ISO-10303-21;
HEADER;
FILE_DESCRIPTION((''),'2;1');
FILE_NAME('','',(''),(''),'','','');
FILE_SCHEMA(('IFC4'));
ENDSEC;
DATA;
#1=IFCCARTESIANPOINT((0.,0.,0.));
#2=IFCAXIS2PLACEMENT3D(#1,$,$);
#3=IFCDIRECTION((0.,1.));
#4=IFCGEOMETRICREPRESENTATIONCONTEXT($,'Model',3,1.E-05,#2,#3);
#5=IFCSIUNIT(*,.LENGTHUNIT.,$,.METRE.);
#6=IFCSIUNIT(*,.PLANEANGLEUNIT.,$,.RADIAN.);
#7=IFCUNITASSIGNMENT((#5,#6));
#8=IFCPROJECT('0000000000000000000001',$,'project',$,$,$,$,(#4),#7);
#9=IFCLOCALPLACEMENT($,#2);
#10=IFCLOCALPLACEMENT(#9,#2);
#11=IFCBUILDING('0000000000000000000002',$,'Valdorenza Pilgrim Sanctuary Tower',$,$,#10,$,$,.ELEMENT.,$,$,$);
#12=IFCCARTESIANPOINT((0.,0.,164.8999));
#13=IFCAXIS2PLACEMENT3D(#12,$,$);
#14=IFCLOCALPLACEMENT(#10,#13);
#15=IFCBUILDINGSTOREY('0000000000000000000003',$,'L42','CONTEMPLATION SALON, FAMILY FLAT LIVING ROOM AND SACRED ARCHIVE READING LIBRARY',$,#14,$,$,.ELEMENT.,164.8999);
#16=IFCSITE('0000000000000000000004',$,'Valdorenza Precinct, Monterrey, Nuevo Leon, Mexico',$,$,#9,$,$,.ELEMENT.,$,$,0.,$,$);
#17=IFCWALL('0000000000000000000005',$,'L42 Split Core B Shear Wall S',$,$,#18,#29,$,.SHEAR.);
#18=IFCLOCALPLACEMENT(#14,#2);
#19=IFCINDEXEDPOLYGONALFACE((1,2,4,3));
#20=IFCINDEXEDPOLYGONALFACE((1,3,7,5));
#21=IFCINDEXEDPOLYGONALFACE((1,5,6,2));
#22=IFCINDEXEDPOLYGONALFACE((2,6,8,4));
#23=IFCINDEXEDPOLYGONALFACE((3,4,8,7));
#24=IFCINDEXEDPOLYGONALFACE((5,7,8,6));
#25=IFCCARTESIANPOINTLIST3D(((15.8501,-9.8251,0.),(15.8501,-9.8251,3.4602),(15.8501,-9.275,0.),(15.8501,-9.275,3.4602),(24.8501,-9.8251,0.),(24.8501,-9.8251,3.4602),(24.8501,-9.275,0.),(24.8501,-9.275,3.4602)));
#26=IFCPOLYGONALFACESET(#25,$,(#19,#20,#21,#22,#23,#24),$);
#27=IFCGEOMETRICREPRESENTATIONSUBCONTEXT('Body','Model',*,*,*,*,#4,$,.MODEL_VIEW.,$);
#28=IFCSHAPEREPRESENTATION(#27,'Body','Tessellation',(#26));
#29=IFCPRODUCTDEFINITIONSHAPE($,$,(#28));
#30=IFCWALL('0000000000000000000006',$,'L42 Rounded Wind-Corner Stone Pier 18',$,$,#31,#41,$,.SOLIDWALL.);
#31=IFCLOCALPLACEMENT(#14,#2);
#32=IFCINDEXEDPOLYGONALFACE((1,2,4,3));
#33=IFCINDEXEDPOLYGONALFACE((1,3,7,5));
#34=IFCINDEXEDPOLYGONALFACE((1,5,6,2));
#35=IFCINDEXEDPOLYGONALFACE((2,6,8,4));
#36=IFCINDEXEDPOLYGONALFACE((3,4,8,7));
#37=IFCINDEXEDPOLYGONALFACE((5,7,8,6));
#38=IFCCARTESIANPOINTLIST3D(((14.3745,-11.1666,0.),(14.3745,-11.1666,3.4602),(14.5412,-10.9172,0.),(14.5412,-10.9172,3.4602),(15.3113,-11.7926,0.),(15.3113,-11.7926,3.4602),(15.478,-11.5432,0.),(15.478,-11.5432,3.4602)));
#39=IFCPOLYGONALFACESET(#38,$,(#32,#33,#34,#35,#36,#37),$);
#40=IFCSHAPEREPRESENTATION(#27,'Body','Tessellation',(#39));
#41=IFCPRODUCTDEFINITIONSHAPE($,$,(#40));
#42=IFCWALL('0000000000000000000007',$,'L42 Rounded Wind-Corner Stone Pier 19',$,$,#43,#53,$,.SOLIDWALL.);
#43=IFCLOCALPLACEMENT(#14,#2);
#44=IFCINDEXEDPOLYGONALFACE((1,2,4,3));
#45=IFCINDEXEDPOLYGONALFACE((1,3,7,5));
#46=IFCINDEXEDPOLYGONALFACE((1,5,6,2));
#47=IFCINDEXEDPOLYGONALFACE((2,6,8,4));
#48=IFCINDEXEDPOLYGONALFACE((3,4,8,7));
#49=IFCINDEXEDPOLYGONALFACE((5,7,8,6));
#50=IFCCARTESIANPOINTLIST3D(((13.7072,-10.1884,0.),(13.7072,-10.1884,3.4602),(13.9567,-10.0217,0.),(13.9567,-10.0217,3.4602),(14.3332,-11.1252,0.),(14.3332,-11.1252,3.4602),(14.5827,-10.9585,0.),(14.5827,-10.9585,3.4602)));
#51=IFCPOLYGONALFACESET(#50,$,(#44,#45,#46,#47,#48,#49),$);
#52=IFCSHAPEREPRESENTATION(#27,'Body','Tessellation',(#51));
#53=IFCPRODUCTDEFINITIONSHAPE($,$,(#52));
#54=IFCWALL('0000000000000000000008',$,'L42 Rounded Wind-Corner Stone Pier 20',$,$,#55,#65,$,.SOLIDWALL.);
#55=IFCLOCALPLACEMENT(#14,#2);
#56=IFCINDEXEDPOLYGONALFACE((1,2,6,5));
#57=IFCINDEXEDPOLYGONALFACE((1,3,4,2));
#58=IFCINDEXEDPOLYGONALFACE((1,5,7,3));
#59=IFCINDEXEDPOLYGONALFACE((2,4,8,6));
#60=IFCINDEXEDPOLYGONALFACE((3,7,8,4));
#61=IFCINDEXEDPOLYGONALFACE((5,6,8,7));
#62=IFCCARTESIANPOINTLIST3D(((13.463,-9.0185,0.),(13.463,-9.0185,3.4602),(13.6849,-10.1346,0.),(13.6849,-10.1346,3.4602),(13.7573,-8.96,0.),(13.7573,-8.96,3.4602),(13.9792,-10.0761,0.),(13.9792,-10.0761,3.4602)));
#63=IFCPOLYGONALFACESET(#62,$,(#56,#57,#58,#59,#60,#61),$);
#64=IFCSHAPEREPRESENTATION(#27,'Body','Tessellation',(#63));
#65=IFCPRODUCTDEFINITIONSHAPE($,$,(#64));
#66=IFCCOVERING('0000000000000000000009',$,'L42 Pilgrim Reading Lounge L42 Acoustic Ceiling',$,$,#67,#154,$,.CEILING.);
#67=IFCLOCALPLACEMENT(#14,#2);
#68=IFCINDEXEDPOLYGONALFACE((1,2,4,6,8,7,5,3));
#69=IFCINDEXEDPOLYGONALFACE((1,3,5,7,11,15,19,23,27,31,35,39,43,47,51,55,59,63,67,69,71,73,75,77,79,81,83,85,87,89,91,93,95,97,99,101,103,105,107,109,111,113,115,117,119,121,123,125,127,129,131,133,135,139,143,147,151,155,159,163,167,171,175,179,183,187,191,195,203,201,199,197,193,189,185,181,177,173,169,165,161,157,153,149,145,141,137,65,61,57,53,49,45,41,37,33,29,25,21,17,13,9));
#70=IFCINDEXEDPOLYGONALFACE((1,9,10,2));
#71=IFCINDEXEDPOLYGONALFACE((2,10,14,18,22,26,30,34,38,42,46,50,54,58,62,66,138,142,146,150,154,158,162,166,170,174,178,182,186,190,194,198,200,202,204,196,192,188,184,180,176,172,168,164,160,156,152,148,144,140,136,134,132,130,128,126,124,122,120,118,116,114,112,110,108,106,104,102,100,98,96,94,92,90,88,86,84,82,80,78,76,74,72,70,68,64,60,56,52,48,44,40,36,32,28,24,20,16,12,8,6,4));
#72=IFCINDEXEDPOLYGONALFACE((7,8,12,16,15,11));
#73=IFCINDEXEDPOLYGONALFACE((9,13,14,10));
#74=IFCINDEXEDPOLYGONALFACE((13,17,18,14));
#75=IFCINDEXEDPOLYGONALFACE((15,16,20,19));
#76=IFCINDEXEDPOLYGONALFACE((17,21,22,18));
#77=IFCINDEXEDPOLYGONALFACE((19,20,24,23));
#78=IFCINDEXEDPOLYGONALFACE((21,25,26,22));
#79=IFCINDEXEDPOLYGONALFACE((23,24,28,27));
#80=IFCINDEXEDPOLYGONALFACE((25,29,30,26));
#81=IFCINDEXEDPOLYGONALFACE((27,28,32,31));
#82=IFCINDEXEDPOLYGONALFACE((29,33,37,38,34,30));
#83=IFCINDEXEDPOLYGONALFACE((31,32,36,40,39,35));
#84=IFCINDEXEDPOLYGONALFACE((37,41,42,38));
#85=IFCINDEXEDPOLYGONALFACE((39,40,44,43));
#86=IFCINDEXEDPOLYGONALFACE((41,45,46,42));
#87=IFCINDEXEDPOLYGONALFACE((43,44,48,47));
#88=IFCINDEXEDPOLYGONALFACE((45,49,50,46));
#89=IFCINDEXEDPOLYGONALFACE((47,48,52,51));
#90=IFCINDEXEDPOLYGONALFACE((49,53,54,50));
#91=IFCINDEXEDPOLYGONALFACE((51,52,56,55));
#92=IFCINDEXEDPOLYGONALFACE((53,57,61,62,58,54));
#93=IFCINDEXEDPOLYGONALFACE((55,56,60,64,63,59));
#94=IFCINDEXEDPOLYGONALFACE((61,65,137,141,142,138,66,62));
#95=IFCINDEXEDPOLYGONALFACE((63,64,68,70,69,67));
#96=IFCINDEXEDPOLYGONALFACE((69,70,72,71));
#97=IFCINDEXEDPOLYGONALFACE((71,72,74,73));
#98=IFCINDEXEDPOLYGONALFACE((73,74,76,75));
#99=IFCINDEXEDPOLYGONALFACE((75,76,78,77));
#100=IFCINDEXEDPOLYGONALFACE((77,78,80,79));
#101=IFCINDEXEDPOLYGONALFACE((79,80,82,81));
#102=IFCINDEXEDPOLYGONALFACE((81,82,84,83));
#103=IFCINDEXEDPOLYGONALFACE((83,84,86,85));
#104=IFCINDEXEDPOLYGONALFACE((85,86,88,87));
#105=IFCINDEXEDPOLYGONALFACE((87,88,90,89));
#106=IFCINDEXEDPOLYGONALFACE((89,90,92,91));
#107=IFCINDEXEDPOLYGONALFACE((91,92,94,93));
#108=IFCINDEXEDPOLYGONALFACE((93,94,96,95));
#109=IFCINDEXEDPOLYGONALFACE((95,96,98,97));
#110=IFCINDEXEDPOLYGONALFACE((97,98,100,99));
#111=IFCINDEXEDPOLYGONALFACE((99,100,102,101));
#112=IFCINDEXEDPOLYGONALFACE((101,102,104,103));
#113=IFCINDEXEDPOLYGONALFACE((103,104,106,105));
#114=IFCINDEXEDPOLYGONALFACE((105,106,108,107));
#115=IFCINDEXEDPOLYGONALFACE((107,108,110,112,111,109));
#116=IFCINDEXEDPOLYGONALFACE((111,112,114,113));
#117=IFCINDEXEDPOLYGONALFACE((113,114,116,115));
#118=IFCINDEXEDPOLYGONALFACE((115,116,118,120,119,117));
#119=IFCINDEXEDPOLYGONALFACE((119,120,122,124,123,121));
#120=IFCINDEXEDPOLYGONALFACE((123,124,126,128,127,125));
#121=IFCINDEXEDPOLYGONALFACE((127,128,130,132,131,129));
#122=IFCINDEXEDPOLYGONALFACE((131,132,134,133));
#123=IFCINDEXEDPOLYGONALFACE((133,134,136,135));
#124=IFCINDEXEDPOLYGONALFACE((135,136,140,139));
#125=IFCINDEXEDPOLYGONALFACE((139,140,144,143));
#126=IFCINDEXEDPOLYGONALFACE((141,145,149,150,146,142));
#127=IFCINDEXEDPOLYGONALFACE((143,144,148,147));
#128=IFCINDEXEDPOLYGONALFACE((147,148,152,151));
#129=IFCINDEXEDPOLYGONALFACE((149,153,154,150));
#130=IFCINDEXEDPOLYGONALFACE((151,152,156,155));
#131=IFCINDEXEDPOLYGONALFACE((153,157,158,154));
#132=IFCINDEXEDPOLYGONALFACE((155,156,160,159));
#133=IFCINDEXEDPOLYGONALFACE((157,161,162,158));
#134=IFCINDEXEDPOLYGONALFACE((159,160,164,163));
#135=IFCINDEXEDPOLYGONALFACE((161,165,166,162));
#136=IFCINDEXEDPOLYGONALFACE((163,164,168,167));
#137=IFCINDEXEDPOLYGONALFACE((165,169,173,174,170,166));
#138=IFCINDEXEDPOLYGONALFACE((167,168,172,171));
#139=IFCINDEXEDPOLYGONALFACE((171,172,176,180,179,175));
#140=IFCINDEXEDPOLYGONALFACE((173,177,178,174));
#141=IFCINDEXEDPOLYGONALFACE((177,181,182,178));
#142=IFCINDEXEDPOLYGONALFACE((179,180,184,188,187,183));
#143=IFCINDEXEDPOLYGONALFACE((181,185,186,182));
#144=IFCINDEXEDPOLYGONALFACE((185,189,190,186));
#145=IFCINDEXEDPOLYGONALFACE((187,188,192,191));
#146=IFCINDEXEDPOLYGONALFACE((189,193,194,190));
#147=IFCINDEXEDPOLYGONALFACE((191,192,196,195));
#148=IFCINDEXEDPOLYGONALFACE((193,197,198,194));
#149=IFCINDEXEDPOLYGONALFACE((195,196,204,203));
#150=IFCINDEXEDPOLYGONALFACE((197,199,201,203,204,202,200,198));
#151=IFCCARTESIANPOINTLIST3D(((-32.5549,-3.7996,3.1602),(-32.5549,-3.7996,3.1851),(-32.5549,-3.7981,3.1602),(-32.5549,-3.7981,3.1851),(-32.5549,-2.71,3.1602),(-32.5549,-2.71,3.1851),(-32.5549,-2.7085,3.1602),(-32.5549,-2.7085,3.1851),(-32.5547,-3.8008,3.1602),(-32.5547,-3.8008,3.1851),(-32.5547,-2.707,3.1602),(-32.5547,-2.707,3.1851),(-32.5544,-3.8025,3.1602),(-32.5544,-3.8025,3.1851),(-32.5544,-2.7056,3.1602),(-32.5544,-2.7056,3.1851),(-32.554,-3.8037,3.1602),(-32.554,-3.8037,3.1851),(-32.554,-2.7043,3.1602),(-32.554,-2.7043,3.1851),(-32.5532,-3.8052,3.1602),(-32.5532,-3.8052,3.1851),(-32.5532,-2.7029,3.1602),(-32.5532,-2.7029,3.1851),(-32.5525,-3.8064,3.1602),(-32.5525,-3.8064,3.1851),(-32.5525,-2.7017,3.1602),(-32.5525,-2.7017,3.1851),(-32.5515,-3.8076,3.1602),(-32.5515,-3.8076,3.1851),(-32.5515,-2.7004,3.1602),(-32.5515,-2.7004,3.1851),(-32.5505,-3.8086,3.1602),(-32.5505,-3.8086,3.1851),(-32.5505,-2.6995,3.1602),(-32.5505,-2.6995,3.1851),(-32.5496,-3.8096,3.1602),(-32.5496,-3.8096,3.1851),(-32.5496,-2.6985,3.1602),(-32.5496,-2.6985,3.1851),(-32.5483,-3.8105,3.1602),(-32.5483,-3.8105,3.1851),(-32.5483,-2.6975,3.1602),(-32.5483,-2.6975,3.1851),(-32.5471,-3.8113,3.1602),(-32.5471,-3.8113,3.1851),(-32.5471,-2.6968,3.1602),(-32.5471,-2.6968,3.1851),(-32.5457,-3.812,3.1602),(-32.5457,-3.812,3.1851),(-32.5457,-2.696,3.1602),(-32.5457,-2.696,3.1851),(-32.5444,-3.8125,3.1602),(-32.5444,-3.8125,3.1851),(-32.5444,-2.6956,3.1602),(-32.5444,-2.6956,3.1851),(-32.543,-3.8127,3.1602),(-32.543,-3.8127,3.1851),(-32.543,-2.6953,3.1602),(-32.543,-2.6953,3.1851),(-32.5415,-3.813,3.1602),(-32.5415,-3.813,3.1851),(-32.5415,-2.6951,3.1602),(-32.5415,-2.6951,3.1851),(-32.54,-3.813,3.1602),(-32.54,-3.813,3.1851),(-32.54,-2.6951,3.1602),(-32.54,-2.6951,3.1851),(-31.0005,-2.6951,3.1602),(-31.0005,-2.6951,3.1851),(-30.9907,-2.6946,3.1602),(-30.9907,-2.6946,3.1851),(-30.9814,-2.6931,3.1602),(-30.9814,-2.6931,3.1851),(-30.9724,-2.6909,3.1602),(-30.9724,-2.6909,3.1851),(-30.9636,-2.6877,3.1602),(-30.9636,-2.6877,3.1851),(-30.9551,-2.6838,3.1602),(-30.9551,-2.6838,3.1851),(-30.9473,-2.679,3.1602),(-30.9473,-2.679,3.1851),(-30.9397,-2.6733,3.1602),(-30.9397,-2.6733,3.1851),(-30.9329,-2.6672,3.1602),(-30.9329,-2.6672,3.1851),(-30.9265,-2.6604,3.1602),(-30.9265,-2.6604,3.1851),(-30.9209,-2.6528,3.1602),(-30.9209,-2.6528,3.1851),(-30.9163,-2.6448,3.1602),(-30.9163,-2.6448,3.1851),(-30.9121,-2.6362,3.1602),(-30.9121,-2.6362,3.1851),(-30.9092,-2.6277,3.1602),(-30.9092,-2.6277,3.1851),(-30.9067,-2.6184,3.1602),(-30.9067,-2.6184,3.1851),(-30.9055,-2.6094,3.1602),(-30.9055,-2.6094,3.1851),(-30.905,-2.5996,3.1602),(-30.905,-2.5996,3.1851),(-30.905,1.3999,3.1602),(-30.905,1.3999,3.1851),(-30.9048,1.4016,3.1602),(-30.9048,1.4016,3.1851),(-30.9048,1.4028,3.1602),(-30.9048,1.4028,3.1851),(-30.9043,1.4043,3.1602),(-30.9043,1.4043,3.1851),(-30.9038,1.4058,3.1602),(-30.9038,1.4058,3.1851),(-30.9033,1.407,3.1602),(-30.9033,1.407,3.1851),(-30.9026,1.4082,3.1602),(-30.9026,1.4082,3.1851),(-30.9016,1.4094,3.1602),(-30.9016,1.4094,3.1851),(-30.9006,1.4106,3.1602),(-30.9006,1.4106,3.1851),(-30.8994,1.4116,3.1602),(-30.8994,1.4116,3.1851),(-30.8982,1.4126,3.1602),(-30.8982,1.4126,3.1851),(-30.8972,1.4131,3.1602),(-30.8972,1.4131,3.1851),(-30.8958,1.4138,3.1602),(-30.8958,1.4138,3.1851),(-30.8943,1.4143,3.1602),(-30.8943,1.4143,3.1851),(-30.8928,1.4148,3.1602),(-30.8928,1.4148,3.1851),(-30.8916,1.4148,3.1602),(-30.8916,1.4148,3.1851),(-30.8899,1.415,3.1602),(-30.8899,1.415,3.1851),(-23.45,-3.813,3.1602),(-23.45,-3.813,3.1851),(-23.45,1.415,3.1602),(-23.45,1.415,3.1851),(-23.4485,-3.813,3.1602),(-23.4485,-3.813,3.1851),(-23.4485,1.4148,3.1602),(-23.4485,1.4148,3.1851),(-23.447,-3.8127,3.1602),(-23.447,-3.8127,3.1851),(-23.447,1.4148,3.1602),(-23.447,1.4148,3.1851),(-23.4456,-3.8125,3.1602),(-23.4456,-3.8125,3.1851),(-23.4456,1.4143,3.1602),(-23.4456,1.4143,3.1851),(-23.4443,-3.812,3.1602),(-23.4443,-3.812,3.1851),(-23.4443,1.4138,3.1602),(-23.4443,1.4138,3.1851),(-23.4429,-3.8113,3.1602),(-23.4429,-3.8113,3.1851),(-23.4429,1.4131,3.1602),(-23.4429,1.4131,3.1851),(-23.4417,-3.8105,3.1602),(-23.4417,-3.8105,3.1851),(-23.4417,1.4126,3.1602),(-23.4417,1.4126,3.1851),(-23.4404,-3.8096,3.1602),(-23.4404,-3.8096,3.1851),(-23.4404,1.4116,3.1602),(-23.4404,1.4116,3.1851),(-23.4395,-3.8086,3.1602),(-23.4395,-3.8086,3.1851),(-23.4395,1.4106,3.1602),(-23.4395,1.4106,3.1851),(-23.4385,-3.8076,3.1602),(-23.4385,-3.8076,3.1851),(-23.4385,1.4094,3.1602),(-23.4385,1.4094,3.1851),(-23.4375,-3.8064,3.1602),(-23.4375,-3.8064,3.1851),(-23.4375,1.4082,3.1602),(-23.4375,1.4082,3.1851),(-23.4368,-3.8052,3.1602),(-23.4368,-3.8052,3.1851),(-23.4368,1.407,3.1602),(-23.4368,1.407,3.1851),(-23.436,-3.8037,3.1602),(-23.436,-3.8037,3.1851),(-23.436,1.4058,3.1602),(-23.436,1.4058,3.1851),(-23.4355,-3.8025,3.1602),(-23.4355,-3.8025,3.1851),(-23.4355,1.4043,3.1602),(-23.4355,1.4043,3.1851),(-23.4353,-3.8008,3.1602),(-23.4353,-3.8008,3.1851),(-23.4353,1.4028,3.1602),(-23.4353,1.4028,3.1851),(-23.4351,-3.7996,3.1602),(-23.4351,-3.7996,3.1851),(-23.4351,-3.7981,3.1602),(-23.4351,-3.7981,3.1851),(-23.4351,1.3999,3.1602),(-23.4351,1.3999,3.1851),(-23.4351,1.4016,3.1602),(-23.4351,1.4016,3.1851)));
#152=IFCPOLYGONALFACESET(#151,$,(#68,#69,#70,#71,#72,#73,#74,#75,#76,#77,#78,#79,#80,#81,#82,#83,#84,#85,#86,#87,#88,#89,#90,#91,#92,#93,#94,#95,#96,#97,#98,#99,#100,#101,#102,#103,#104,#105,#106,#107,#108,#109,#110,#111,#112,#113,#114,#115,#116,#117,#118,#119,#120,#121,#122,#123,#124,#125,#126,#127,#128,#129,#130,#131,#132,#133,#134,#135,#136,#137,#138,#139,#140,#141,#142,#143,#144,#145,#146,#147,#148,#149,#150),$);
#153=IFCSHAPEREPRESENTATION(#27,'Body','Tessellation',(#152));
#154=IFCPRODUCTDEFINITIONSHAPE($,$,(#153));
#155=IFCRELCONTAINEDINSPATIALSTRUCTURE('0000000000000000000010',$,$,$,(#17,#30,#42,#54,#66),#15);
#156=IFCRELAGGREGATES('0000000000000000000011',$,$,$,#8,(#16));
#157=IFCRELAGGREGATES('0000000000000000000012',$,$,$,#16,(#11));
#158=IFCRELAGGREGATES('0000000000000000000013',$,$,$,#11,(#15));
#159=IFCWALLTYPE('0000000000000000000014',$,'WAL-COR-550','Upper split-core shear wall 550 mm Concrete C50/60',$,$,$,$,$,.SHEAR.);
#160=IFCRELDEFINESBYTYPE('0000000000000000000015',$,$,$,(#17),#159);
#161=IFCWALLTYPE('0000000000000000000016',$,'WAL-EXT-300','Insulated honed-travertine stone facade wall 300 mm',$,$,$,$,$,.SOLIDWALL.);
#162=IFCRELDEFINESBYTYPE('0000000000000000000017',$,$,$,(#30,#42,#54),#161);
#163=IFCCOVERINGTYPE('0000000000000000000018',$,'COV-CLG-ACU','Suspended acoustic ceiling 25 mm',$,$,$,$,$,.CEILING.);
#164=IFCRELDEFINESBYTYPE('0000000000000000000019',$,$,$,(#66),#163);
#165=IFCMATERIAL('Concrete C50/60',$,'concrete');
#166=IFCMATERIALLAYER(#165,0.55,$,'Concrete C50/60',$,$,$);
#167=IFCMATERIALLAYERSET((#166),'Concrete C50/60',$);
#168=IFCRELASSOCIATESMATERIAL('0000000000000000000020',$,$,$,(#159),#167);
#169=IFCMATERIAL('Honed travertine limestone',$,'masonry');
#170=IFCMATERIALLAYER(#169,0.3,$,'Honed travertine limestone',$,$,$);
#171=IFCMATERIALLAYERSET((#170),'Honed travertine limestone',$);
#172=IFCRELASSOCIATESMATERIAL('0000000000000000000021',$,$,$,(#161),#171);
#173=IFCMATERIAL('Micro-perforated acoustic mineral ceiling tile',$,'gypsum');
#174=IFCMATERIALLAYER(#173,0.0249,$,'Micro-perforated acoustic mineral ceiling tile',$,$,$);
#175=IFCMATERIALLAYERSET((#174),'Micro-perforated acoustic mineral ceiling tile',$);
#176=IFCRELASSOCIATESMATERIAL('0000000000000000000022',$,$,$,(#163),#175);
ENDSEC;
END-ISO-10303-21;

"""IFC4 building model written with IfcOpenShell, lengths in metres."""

from ifc_helpers import new_model, si_unit, direction, frame, frame_2d, origin, place, context, subcontext, project, spatial, polyline, rectangle, outline, extrude, material, layer, layer_set, type_object, element, save


model = new_model("IFC4")

# Units and contexts
model_context = context("Model", 3, precision=1e-05, world=origin(), true_north=direction((0.0, 1.0)))
body_context = subcontext(model_context, "Body", "Model", "MODEL_VIEW")
ifc_project = project(units=[si_unit("LENGTHUNIT", "METRE"), si_unit("PLANEANGLEUNIT", "RADIAN")], contexts=[model_context])

# Site, building, storey
site_placement = place(None, origin())
site = spatial("IfcSite", under=ifc_project, at=site_placement, Name="Valdorenza Precinct, Monterrey, Nuevo Leon, Mexico", CompositionType="ELEMENT", RefElevation=0.0)
building_placement = place(site_placement, origin())
building = spatial("IfcBuilding", under=site, at=building_placement, Name="Valdorenza Pilgrim Sanctuary Tower", CompositionType="ELEMENT")
storey_placement = place(building_placement, frame((0.0, 0.0, 164.8999)))
storey = spatial("IfcBuildingStorey", under=building, at=storey_placement, Name="L42", Description="CONTEMPLATION SALON, FAMILY FLAT LIVING ROOM AND SACRED ARCHIVE READING LIBRARY", CompositionType="ELEMENT", Elevation=164.8999)

# Shared definitions
ifc_material_1 = material(Name="Concrete C50/60", Category="concrete")

# Shared definitions
ifc_material_2 = material(Name="Honed travertine limestone", Category="masonry")

# Walls
ifc_layer_1 = layer(ifc_material_1, 0.55, Name="Concrete C50/60")
ifc_layer_set_1 = layer_set([ifc_layer_1], Name="Concrete C50/60")
wall_type_1 = type_object("IfcWallType", Name="WAL-COR-550", Description="Upper split-core shear wall 550 mm Concrete C50/60", PredefinedType="SHEAR", material=ifc_layer_set_1)
wall_1_placement = place(storey_placement, frame((15.8501, -9.55, 0.0), z_axis=(0.0, 0.0, 1.0), x_axis=(1.0, 0.0, 0.0)))
element("IfcWall", 1, at=wall_1_placement, inside=storey, type_object=wall_type_1, Name="L42 Split Core B Shear Wall S", PredefinedType="SHEAR", context=body_context, shape_type="SweptSolid", body=[
    extrude(rectangle(XDim=9.0, YDim=0.55, at=frame_2d((4.5, 0.0))), origin(), (0.0, 0.0, 1.0), 3.4602),
])
ifc_layer_2 = layer(ifc_material_2, 0.3, Name="Honed travertine limestone")
ifc_layer_set_2 = layer_set([ifc_layer_2], Name="Honed travertine limestone")
wall_type_2 = type_object("IfcWallType", Name="WAL-EXT-300", Description="Insulated honed-travertine stone facade wall 300 mm", PredefinedType="SOLIDWALL", material=ifc_layer_set_2)
for number, where, z_axis, x_axis, name in (
    (2, (15.3948, -11.668, 0.0), (0.0, 0.0, 1.0), (-0.83145, 0.5556, 0.0), "L42 Rounded Wind-Corner Stone Pier 18"),
    (3, (14.458, -11.042, 0.0), (0.0, 0.0, 1.0), (-0.5556, 0.83145, 0.0), "L42 Rounded Wind-Corner Stone Pier 19"),
):
    element("IfcWall", number, at=place(storey_placement, frame(where, z_axis=z_axis, x_axis=x_axis)), inside=storey, type_object=wall_type_2, Name=name, PredefinedType="SOLIDWALL", context=body_context, shape_type="SweptSolid", body=[
        extrude(rectangle(XDim=1.1267, YDim=0.3, at=frame_2d((0.5635, 0.0))), origin(), (0.0, 0.0, 1.0), 3.4602),
    ])
wall_2_placement = place(storey_placement, frame((13.832, -10.1052, 0.0), z_axis=(0.0, 0.0, 1.0), x_axis=(-0.195043, 0.980795, 0.0)))
element("IfcWall", 4, at=wall_2_placement, inside=storey, type_object=wall_type_2, Name="L42 Rounded Wind-Corner Stone Pier 20", PredefinedType="SOLIDWALL", context=body_context, shape_type="SweptSolid", body=[
    extrude(rectangle(XDim=1.1379, YDim=0.3, at=frame_2d((0.5688, 0.0))), origin(), (0.0, 0.0, 1.0), 3.4602),
])

# Covering
ifc_material_3 = material(Name="Micro-perforated acoustic mineral ceiling tile", Category="gypsum")
ifc_layer_3 = layer(ifc_material_3, 0.0249, Name="Micro-perforated acoustic mineral ceiling tile")
ifc_layer_set_3 = layer_set([ifc_layer_3], Name="Micro-perforated acoustic mineral ceiling tile")
covering_type_1 = type_object("IfcCoveringType", Name="COV-CLG-ACU", Description="Suspended acoustic ceiling 25 mm", PredefinedType="CEILING", material=ifc_layer_set_3)
covering_1_placement = place(storey_placement, frame((0.0, 0.0, 3.1602)))
element("IfcCovering", 5, at=covering_1_placement, inside=storey, type_object=covering_type_1, Name="L42 Pilgrim Reading Lounge L42 Acoustic Ceiling", PredefinedType="CEILING", context=body_context, shape_type="SweptSolid", body=[
    extrude(outline(polyline([(-23.4351, -3.7981), (-23.4351, -3.7996), (-23.4353, -3.8008), (-23.4355, -3.8025), (-23.436, -3.8037), (-23.4368, -3.8052), (-23.4375, -3.8064), (-23.4385, -3.8076), (-23.4395, -3.8086), (-23.4404, -3.8096), (-23.4417, -3.8105), (-23.4429, -3.8113), (-23.4443, -3.812), (-23.4456, -3.8125), (-23.447, -3.8127), (-23.4485, -3.813), (-23.45, -3.813), (-32.54, -3.813), (-32.5415, -3.813), (-32.543, -3.8127), (-32.5444, -3.8125), (-32.5457, -3.812), (-32.5471, -3.8113), (-32.5483, -3.8105), (-32.5496, -3.8096), (-32.5505, -3.8086), (-32.5515, -3.8076), (-32.5525, -3.8064), (-32.5532, -3.8052), (-32.554, -3.8037), (-32.5544, -3.8025), (-32.5547, -3.8008), (-32.5549, -3.7996), (-32.5549, -3.7981), (-32.5549, -2.71), (-32.5549, -2.7085), (-32.5547, -2.707), (-32.5544, -2.7056), (-32.554, -2.7043), (-32.5532, -2.7029), (-32.5525, -2.7017), (-32.5515, -2.7004), (-32.5505, -2.6995), (-32.5496, -2.6985), (-32.5483, -2.6975), (-32.5471, -2.6968), (-32.5457, -2.696), (-32.5444, -2.6956), (-32.543, -2.6953), (-32.5415, -2.6951), (-32.54, -2.6951), (-31.0005, -2.6951), (-30.9907, -2.6946), (-30.9814, -2.6931), (-30.9724, -2.6909), (-30.9636, -2.6877), (-30.9551, -2.6838), (-30.9473, -2.679), (-30.9397, -2.6733), (-30.9329, -2.6672), (-30.9265, -2.6604), (-30.9209, -2.6528), (-30.9163, -2.6448), (-30.9121, -2.6362), (-30.9092, -2.6277), (-30.9067, -2.6184), (-30.9055, -2.6094), (-30.905, -2.5996), (-30.905, 1.3999), (-30.9048, 1.4016), (-30.9048, 1.4028), (-30.9043, 1.4043), (-30.9038, 1.4058), (-30.9033, 1.407), (-30.9026, 1.4082), (-30.9016, 1.4094), (-30.9006, 1.4106), (-30.8994, 1.4116), (-30.8982, 1.4126), (-30.8972, 1.4131), (-30.8958, 1.4138), (-30.8943, 1.4143), (-30.8928, 1.4148), (-30.8916, 1.4148), (-30.8899, 1.415), (-23.45, 1.415), (-23.4485, 1.4148), (-23.447, 1.4148), (-23.4456, 1.4143), (-23.4443, 1.4138), (-23.4429, 1.4131), (-23.4417, 1.4126), (-23.4404, 1.4116), (-23.4395, 1.4106), (-23.4385, 1.4094), (-23.4375, 1.4082), (-23.4368, 1.407), (-23.436, 1.4058), (-23.4355, 1.4043), (-23.4353, 1.4028), (-23.4351, 1.4016), (-23.4351, 1.3999), (-23.4351, -3.7981)])), origin(), (0.0, 0.0, 1.0), 0.0249),
])

save(model, "model.ifc")
